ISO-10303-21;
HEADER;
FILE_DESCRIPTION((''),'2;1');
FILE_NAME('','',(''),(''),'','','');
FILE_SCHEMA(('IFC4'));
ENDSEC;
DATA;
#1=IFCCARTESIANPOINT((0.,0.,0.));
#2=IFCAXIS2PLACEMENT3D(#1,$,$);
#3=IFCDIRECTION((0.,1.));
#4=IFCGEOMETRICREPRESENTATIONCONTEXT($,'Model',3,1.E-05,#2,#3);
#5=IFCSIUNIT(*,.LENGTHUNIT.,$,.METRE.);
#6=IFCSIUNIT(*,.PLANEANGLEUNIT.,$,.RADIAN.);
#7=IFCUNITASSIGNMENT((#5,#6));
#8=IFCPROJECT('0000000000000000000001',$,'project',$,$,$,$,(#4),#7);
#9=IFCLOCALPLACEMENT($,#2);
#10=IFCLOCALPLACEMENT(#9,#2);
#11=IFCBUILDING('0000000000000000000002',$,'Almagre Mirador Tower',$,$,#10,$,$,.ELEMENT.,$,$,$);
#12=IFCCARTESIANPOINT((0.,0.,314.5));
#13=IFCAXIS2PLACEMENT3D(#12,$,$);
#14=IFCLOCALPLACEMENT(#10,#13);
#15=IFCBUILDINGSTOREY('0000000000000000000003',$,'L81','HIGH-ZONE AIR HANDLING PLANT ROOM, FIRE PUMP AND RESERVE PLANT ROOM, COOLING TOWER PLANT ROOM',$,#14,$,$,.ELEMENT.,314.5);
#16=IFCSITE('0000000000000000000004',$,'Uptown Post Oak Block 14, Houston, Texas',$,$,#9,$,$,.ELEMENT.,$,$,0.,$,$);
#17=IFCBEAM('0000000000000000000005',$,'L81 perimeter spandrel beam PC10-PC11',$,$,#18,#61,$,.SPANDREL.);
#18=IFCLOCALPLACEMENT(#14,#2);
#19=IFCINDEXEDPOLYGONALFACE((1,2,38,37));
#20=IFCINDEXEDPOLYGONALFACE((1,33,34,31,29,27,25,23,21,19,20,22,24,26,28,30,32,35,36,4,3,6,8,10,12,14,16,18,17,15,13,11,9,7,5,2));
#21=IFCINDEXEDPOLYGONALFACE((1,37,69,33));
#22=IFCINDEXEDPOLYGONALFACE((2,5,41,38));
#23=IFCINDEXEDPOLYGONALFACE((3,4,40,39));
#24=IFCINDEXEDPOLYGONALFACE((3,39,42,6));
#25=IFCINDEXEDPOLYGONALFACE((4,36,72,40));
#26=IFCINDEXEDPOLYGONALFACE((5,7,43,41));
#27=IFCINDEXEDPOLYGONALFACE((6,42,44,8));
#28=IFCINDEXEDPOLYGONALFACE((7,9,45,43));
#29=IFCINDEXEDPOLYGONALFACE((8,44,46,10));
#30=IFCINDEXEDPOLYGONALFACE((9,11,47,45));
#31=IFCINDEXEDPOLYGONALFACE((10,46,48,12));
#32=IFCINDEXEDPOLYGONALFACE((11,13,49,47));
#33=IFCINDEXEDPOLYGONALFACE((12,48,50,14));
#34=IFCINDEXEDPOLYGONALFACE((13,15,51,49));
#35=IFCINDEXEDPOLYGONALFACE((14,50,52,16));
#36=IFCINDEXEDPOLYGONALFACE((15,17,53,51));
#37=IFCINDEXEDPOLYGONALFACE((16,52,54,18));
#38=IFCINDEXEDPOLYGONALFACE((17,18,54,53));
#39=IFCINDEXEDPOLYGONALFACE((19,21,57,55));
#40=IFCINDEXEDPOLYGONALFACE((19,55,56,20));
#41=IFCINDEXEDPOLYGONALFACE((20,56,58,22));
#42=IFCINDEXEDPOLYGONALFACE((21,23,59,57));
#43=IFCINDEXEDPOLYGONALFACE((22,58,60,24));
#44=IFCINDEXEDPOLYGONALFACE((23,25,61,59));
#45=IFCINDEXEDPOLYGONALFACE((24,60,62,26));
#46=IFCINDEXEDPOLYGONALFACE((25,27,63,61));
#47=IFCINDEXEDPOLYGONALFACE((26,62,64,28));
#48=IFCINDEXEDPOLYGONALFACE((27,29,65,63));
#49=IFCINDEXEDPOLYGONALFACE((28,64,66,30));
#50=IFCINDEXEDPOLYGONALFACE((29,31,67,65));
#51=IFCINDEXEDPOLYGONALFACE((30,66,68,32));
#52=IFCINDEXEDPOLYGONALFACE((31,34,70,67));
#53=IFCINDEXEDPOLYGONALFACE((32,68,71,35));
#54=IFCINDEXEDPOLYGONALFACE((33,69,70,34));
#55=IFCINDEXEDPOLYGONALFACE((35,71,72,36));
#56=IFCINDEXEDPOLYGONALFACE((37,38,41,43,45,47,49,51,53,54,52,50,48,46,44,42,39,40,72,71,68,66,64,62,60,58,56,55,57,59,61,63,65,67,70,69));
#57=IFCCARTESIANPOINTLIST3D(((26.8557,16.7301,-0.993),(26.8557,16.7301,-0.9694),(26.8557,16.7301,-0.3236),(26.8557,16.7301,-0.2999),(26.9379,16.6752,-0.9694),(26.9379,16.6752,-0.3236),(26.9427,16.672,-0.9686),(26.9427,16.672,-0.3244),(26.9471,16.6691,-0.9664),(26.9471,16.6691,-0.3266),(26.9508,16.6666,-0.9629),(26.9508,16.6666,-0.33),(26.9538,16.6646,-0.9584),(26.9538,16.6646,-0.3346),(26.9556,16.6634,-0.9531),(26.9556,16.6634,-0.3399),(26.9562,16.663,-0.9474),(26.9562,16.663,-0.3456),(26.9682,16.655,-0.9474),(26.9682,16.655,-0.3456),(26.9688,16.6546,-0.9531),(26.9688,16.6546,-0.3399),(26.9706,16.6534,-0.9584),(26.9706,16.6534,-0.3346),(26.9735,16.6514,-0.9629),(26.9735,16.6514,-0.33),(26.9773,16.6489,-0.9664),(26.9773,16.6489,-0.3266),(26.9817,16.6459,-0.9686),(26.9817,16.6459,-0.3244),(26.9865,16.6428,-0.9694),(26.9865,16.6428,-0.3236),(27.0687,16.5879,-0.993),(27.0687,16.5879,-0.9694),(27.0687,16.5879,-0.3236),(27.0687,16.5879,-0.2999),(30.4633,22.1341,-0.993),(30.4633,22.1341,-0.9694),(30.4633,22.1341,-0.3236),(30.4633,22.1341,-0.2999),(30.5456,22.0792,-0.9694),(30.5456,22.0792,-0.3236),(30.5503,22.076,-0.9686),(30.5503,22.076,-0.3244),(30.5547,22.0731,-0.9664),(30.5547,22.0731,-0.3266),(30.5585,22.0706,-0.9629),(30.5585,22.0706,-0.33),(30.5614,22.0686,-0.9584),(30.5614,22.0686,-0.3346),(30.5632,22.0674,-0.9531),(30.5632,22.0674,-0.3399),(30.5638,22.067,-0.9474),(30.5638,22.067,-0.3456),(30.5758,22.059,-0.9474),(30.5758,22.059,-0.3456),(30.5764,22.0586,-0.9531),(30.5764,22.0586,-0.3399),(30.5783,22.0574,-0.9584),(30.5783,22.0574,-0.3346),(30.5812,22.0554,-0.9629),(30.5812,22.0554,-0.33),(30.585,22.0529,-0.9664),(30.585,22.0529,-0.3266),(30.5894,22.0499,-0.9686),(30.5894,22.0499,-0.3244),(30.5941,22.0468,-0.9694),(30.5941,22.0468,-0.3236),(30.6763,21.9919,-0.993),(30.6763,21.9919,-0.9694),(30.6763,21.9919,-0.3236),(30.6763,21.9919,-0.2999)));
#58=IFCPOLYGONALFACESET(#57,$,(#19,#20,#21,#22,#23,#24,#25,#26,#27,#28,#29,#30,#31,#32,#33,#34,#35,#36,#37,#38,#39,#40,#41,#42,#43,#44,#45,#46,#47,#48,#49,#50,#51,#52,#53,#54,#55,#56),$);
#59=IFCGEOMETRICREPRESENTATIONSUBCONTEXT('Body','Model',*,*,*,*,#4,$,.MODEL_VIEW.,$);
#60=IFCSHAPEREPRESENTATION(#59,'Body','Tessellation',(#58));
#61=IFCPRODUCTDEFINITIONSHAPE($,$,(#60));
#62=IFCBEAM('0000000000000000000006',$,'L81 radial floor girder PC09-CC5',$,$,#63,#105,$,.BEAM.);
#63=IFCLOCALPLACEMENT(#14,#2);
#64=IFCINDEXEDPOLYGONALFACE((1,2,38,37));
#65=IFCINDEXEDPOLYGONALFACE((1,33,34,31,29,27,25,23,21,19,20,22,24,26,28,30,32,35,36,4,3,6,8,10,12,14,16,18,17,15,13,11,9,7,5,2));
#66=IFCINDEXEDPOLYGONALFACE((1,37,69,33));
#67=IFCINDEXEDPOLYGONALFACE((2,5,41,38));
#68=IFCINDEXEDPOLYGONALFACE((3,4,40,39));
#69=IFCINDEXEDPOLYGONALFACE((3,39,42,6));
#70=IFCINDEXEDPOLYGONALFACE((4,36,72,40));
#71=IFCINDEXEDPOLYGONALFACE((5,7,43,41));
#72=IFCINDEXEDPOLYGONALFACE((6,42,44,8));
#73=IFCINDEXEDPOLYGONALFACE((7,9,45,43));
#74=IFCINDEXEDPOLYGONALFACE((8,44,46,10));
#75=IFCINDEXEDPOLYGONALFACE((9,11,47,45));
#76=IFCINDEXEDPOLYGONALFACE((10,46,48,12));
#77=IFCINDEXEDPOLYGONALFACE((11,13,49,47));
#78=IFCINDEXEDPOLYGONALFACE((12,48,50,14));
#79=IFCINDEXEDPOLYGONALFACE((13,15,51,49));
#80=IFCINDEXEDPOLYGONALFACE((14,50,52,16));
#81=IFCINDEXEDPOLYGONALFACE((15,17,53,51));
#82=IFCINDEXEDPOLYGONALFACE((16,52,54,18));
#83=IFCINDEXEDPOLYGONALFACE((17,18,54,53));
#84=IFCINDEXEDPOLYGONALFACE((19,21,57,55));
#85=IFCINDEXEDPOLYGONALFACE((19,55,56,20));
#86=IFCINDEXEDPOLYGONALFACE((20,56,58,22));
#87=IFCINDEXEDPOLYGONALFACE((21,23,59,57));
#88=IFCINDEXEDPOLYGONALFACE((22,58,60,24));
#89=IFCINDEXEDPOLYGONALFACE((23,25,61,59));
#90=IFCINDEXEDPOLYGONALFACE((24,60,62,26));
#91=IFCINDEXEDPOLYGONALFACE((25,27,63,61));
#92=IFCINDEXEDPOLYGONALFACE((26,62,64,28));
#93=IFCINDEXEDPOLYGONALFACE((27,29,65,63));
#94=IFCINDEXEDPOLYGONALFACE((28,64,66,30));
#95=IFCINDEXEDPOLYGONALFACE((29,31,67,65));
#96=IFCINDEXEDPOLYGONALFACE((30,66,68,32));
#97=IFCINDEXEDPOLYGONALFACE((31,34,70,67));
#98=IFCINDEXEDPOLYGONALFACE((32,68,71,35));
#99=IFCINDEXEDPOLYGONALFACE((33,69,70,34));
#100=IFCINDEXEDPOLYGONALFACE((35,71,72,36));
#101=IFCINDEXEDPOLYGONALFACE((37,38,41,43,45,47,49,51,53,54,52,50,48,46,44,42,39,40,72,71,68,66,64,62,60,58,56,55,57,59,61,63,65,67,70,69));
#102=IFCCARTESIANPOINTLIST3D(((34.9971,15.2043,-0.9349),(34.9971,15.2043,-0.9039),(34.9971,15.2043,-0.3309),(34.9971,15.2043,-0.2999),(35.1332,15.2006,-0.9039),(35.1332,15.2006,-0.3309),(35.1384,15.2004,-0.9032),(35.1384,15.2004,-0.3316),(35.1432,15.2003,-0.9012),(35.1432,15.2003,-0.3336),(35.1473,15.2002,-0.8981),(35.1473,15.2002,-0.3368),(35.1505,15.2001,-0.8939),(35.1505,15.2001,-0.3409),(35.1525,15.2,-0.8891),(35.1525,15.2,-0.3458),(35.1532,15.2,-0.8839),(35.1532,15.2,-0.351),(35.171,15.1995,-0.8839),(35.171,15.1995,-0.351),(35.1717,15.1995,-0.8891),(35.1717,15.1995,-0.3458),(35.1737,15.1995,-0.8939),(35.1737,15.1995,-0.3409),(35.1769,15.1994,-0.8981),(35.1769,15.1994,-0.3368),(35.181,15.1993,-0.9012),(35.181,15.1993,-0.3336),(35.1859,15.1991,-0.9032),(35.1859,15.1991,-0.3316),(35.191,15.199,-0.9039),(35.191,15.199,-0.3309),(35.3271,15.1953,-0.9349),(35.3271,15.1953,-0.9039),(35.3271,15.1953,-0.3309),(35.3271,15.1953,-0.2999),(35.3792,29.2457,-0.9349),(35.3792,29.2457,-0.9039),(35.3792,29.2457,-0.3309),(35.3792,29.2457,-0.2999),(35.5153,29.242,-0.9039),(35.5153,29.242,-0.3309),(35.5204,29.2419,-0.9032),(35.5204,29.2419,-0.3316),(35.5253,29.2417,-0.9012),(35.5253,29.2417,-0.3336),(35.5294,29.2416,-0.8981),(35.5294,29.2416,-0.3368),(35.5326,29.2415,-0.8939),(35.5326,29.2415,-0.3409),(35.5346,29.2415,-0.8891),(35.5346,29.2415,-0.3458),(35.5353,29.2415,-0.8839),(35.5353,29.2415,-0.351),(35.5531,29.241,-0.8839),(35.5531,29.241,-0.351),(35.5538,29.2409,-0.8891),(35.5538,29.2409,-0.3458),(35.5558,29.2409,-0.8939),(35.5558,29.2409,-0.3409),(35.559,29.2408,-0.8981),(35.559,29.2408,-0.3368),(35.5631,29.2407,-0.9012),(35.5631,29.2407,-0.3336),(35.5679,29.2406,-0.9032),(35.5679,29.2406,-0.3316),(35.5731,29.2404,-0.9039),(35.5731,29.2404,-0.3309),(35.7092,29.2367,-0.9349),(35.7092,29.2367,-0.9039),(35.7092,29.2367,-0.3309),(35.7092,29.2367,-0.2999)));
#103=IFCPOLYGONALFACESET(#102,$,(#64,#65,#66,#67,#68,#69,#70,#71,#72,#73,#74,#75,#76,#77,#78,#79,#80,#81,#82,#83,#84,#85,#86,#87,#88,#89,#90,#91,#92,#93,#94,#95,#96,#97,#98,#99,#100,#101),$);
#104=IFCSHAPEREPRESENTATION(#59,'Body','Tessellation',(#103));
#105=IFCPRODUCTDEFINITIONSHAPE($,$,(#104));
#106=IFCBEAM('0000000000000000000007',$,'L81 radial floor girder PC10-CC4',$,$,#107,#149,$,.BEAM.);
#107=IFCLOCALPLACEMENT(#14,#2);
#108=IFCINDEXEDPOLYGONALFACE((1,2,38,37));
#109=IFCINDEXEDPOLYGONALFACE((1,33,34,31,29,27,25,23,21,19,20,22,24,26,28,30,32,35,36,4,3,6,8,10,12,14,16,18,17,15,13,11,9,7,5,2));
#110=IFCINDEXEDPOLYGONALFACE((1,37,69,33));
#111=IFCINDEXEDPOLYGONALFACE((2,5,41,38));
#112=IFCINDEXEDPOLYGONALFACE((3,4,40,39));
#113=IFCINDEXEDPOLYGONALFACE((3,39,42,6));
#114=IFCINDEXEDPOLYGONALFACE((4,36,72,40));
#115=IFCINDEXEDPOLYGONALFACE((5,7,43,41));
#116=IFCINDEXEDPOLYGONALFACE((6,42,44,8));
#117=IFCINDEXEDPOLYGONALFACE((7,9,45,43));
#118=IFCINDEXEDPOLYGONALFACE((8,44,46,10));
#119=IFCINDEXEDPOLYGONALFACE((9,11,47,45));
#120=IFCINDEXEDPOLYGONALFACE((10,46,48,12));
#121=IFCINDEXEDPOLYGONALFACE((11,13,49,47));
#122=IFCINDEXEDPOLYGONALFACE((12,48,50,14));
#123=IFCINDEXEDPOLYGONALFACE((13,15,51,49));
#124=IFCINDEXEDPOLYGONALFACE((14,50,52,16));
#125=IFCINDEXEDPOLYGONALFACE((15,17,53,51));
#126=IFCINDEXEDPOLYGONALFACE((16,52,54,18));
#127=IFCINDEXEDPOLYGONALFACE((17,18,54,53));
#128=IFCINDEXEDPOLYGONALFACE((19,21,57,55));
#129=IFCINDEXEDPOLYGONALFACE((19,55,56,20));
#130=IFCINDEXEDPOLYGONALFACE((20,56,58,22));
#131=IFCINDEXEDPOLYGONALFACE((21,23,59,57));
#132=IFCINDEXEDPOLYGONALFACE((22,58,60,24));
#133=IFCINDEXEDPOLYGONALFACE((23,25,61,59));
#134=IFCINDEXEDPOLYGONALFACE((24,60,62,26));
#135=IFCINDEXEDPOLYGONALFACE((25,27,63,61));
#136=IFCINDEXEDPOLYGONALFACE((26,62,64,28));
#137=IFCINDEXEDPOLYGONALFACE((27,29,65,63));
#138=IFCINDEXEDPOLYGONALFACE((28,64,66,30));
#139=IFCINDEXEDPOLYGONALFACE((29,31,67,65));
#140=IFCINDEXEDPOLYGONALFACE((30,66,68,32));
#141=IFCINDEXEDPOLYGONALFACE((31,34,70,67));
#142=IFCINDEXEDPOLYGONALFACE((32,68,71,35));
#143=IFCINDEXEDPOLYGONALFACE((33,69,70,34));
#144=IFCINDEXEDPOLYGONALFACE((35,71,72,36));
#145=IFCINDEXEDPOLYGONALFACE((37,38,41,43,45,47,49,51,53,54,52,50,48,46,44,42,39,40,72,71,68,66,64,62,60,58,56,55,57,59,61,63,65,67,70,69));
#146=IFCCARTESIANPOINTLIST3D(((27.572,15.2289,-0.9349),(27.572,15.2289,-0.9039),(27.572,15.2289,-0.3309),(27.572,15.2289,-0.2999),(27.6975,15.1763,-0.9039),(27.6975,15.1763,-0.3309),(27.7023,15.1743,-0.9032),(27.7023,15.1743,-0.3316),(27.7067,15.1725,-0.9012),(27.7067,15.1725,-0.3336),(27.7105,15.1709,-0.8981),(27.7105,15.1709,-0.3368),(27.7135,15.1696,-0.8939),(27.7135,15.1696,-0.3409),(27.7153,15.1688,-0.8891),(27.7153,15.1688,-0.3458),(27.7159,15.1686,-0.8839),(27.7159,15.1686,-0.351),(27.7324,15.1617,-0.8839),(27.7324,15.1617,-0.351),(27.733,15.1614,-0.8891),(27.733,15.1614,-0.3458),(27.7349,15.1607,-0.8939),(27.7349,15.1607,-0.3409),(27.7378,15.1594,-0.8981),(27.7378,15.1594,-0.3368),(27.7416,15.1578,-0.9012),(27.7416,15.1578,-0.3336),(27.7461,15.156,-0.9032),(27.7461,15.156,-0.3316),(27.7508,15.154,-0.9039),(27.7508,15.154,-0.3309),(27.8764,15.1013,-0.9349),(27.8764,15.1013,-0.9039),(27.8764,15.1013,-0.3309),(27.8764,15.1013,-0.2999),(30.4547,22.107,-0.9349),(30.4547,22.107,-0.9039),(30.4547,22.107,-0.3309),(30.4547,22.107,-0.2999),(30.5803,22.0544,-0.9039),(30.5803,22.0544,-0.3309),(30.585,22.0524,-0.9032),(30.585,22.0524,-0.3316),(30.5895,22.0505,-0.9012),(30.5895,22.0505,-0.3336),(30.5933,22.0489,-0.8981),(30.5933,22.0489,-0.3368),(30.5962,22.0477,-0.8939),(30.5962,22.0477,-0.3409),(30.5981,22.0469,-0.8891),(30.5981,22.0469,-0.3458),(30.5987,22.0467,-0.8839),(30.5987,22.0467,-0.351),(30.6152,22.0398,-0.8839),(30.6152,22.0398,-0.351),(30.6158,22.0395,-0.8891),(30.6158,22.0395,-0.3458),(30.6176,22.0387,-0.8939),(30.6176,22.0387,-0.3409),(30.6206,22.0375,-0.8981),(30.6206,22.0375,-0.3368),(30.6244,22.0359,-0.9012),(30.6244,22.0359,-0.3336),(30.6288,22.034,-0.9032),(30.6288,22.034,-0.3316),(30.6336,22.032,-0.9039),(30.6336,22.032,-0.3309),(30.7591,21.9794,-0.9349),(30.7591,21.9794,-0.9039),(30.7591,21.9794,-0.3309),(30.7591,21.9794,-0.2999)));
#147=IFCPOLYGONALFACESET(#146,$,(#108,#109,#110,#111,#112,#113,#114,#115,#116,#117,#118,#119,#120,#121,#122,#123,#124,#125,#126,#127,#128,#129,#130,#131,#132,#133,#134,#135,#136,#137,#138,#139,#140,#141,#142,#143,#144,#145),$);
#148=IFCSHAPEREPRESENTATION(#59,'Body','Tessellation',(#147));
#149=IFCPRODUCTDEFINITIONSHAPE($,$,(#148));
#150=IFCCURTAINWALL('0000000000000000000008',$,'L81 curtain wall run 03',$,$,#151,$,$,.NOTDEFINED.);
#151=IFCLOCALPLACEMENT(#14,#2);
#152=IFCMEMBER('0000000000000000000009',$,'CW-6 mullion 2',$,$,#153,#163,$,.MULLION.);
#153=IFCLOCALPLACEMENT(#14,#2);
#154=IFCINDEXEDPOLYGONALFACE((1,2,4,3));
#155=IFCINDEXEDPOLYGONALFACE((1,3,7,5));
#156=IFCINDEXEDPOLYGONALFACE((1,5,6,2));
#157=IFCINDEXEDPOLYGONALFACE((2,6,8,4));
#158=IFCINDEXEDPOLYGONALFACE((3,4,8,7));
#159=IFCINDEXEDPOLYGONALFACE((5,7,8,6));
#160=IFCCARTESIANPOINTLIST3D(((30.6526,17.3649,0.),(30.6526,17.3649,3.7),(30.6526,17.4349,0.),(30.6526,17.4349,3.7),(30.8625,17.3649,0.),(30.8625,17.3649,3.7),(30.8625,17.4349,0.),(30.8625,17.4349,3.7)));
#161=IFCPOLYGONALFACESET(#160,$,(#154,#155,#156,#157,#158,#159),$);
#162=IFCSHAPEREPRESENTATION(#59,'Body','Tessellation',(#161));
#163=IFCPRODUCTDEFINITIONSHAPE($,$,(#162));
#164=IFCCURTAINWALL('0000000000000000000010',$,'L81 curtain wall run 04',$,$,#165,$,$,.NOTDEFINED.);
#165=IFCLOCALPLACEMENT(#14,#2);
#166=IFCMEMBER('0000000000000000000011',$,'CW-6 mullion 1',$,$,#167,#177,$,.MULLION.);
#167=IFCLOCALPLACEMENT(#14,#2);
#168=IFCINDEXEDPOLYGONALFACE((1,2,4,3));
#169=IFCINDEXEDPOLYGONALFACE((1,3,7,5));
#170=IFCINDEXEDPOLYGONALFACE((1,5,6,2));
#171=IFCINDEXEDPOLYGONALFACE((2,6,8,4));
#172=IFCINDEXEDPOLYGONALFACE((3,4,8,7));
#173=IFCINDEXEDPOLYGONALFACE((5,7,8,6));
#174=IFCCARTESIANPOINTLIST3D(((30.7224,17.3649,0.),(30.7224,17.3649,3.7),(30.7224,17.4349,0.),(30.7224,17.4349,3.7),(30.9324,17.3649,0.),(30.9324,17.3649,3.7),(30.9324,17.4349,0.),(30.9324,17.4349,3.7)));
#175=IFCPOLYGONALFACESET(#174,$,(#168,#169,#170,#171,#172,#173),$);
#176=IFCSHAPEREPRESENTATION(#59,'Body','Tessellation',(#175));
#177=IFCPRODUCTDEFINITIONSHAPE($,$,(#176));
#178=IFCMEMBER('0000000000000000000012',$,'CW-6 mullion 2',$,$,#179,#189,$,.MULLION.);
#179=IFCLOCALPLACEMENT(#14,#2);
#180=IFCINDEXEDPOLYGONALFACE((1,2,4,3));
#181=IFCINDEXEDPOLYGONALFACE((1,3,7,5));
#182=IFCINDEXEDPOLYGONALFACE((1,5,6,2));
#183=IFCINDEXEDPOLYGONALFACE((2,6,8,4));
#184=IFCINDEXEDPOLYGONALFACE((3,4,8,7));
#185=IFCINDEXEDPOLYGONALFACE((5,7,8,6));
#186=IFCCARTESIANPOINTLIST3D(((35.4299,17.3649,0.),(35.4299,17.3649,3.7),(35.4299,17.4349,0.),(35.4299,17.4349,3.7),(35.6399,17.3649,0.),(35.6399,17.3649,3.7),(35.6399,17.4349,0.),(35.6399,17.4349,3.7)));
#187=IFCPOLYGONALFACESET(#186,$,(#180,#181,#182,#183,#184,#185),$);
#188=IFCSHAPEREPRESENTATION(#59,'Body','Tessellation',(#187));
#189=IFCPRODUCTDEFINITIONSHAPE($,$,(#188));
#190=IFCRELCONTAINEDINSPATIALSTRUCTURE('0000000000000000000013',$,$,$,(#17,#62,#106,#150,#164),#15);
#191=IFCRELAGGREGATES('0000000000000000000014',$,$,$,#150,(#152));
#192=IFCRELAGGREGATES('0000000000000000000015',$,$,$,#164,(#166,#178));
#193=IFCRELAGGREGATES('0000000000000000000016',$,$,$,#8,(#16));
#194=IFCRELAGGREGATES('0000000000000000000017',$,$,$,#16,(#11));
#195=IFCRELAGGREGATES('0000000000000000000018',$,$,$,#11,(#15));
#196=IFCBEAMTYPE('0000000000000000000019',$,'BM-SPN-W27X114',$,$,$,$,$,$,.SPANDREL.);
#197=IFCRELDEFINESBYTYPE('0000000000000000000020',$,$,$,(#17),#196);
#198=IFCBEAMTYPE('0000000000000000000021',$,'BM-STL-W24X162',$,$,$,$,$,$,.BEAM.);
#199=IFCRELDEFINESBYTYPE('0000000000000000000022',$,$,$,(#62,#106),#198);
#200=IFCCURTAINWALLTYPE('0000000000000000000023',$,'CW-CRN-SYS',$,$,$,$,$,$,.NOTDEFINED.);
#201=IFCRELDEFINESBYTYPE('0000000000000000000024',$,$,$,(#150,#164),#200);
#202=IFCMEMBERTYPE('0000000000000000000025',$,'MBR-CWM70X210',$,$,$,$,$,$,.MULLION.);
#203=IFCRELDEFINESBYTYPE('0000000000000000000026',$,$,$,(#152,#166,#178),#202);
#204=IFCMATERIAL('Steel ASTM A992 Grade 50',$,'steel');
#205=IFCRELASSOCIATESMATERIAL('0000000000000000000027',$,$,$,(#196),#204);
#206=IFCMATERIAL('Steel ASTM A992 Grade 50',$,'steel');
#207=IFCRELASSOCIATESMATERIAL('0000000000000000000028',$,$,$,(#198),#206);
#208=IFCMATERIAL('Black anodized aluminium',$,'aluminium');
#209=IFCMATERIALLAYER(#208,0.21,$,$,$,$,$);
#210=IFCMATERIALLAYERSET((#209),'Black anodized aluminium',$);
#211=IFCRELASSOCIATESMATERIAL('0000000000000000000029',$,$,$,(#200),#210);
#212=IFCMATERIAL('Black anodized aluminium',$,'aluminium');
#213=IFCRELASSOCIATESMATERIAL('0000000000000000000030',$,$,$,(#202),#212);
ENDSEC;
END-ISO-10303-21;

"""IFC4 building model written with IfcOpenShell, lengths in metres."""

from ifc_helpers import new_model, si_unit, direction, frame, origin, origin_2d, place, context, subcontext, project, spatial, rectangle, i_section, extrude, material, layer, layer_set, material_profile, profile_set, type_object, element, aggregate, save


model = new_model("IFC4")

# Units and contexts
model_context = context("Model", 3, precision=1e-05, world=origin(), true_north=direction((0.0, 1.0)))
body_context = subcontext(model_context, "Body", "Model", "MODEL_VIEW")
ifc_project = project(units=[si_unit("LENGTHUNIT", "METRE"), si_unit("PLANEANGLEUNIT", "RADIAN")], contexts=[model_context])

# Site, building, storey
site_placement = place(None, origin())
site = spatial("IfcSite", under=ifc_project, at=site_placement, Name="Uptown Post Oak Block 14, Houston, Texas", CompositionType="ELEMENT", RefElevation=0.0)
building_placement = place(site_placement, origin())
building = spatial("IfcBuilding", under=site, at=building_placement, Name="Almagre Mirador Tower", CompositionType="ELEMENT")
storey_placement = place(building_placement, frame((0.0, 0.0, 314.5)))
storey = spatial("IfcBuildingStorey", under=building, at=storey_placement, Name="L81", Description="HIGH-ZONE AIR HANDLING PLANT ROOM, FIRE PUMP AND RESERVE PLANT ROOM, COOLING TOWER PLANT ROOM", CompositionType="ELEMENT", Elevation=314.5)

# Beams
ifc_material_1 = material(Name="Steel ASTM A992 Grade 50", Category="steel")
ifc_material_profile_1 = material_profile(ifc_material_1, i_section(OverallWidth=0.2561, OverallDepth=0.6931, WebThickness=0.0144, FlangeThickness=0.0237, FilletRadius=0.022, at=origin_2d()), Name="W27X114")
ifc_profile_set_1 = profile_set([ifc_material_profile_1], Name="Steel ASTM A992 Grade 50")
beam_type_1 = type_object("IfcBeamType", Name="BM-SPN-W27X114", PredefinedType="SPANDREL", material=ifc_profile_set_1)
beam_1_placement = place(storey_placement, frame((30.5698, 22.063, -0.6465), z_axis=(-0.555229, -0.831698, 0.0), x_axis=(0.831698, -0.555229, 0.0)))
element("IfcBeam", 1, at=beam_1_placement, inside=storey, type_object=beam_type_1, Name="L81 perimeter spandrel beam PC10-PC11", PredefinedType="SPANDREL", context=body_context, shape_type="SweptSolid", body=[
    extrude(i_section(OverallWidth=0.2561, OverallDepth=0.6931, WebThickness=0.0144, FlangeThickness=0.0237, FilletRadius=0.022, at=origin_2d()), origin(), (0.0, 0.0, 1.0), 6.4976),
])
ifc_material_2 = material(Name="Steel ASTM A992 Grade 50", Category="steel")
ifc_material_profile_2 = material_profile(ifc_material_2, i_section(OverallWidth=0.3301, OverallDepth=0.635, WebThickness=0.0178, FlangeThickness=0.031, FilletRadius=0.02, at=origin_2d()), Name="W24X162")
ifc_profile_set_2 = profile_set([ifc_material_profile_2], Name="Steel ASTM A992 Grade 50")
beam_type_2 = type_object("IfcBeamType", Name="BM-STL-W24X162", PredefinedType="BEAM", material=ifc_profile_set_2)
beam_2_placement = place(storey_placement, frame((35.5442, 29.2412, -0.6174), z_axis=(-0.027201, -0.99963, 0.0), x_axis=(0.99963, -0.027201, 0.0)))
element("IfcBeam", 2, at=beam_2_placement, inside=storey, type_object=beam_type_2, Name="L81 radial floor girder PC09-CC5", PredefinedType="BEAM", context=body_context, shape_type="SweptSolid", body=[
    extrude(i_section(OverallWidth=0.3301, OverallDepth=0.635, WebThickness=0.0178, FlangeThickness=0.031, FilletRadius=0.02, at=origin_2d()), origin(), (0.0, 0.0, 1.0), 14.0466),
])
beam_3_placement = place(storey_placement, frame((30.6069, 22.0432, -0.6174), z_axis=(-0.386546, -0.92227, 0.0), x_axis=(0.92227, -0.386546, 0.0)))
element("IfcBeam", 3, at=beam_3_placement, inside=storey, type_object=beam_type_2, Name="L81 radial floor girder PC10-CC4", PredefinedType="BEAM", context=body_context, shape_type="SweptSolid", body=[
    extrude(i_section(OverallWidth=0.3301, OverallDepth=0.635, WebThickness=0.0178, FlangeThickness=0.031, FilletRadius=0.02, at=origin_2d()), origin(), (0.0, 0.0, 1.0), 7.4578),
])

# Curtain wall, member
ifc_material_3 = material(Name="Black anodized aluminium", Category="aluminium")
ifc_layer_1 = layer(ifc_material_3, 0.21)
ifc_layer_set_1 = layer_set([ifc_layer_1], Name="Black anodized aluminium")
curtain_wall_type = type_object("IfcCurtainWallType", Name="CW-CRN-SYS", PredefinedType="NOTDEFINED", material=ifc_layer_set_1)
curtain_wall_1_placement = place(storey_placement, origin())
curtain_wall_1 = element("IfcCurtainWall", 4, at=curtain_wall_1_placement, inside=storey, type_object=curtain_wall_type, Name="L81 curtain wall run 03", PredefinedType="NOTDEFINED")
ifc_material_4 = material(Name="Black anodized aluminium", Category="aluminium")
ifc_material_profile_3 = material_profile(ifc_material_4, rectangle(XDim=0.0701, YDim=0.21, at=origin_2d()), Name="CWM70X210")
ifc_profile_set_3 = profile_set([ifc_material_profile_3], Name="Black anodized aluminium")
member_type_1 = type_object("IfcMemberType", Name="MBR-CWM70X210", PredefinedType="MULLION", material=ifc_profile_set_3)
member_1_placement = place(storey_placement, frame((30.7576, 17.3999, 0.0), z_axis=(0.0, 0.0, 1.0), x_axis=(0.0, 1.0, 0.0)))
member_1 = element("IfcMember", 5, at=member_1_placement, type_object=member_type_1, Name="CW-6 mullion 2", PredefinedType="MULLION", context=body_context, shape_type="SweptSolid", body=[
    extrude(rectangle(XDim=0.0701, YDim=0.21, at=origin_2d()), origin(), (0.0, 0.0, 1.0), 3.7),
])
aggregate(curtain_wall_1, [member_1])

# Curtain wall, members
curtain_wall_2_placement = place(storey_placement, origin())
curtain_wall_2 = element("IfcCurtainWall", 6, at=curtain_wall_2_placement, inside=storey, type_object=curtain_wall_type, Name="L81 curtain wall run 04", PredefinedType="NOTDEFINED")
member_2_placement = place(storey_placement, frame((30.8274, 17.3999, 0.0), z_axis=(0.0, 0.0, 1.0), x_axis=(0.0, 1.0, 0.0)))
member_2 = element("IfcMember", 7, at=member_2_placement, type_object=member_type_1, Name="CW-6 mullion 1", PredefinedType="MULLION", context=body_context, shape_type="SweptSolid", body=[
    extrude(rectangle(XDim=0.0701, YDim=0.21, at=origin_2d()), origin(), (0.0, 0.0, 1.0), 3.7),
])
member_3_placement = place(storey_placement, frame((35.5349, 17.3999, 0.0), z_axis=(0.0, 0.0, 1.0), x_axis=(0.0, 1.0, 0.0)))
member_3 = element("IfcMember", 8, at=member_3_placement, type_object=member_type_1, Name="CW-6 mullion 2", PredefinedType="MULLION", context=body_context, shape_type="SweptSolid", body=[
    extrude(rectangle(XDim=0.0701, YDim=0.21, at=origin_2d()), origin(), (0.0, 0.0, 1.0), 3.7),
])

aggregate(curtain_wall_2, [member_2, member_3])

save(model, "model.ifc")
